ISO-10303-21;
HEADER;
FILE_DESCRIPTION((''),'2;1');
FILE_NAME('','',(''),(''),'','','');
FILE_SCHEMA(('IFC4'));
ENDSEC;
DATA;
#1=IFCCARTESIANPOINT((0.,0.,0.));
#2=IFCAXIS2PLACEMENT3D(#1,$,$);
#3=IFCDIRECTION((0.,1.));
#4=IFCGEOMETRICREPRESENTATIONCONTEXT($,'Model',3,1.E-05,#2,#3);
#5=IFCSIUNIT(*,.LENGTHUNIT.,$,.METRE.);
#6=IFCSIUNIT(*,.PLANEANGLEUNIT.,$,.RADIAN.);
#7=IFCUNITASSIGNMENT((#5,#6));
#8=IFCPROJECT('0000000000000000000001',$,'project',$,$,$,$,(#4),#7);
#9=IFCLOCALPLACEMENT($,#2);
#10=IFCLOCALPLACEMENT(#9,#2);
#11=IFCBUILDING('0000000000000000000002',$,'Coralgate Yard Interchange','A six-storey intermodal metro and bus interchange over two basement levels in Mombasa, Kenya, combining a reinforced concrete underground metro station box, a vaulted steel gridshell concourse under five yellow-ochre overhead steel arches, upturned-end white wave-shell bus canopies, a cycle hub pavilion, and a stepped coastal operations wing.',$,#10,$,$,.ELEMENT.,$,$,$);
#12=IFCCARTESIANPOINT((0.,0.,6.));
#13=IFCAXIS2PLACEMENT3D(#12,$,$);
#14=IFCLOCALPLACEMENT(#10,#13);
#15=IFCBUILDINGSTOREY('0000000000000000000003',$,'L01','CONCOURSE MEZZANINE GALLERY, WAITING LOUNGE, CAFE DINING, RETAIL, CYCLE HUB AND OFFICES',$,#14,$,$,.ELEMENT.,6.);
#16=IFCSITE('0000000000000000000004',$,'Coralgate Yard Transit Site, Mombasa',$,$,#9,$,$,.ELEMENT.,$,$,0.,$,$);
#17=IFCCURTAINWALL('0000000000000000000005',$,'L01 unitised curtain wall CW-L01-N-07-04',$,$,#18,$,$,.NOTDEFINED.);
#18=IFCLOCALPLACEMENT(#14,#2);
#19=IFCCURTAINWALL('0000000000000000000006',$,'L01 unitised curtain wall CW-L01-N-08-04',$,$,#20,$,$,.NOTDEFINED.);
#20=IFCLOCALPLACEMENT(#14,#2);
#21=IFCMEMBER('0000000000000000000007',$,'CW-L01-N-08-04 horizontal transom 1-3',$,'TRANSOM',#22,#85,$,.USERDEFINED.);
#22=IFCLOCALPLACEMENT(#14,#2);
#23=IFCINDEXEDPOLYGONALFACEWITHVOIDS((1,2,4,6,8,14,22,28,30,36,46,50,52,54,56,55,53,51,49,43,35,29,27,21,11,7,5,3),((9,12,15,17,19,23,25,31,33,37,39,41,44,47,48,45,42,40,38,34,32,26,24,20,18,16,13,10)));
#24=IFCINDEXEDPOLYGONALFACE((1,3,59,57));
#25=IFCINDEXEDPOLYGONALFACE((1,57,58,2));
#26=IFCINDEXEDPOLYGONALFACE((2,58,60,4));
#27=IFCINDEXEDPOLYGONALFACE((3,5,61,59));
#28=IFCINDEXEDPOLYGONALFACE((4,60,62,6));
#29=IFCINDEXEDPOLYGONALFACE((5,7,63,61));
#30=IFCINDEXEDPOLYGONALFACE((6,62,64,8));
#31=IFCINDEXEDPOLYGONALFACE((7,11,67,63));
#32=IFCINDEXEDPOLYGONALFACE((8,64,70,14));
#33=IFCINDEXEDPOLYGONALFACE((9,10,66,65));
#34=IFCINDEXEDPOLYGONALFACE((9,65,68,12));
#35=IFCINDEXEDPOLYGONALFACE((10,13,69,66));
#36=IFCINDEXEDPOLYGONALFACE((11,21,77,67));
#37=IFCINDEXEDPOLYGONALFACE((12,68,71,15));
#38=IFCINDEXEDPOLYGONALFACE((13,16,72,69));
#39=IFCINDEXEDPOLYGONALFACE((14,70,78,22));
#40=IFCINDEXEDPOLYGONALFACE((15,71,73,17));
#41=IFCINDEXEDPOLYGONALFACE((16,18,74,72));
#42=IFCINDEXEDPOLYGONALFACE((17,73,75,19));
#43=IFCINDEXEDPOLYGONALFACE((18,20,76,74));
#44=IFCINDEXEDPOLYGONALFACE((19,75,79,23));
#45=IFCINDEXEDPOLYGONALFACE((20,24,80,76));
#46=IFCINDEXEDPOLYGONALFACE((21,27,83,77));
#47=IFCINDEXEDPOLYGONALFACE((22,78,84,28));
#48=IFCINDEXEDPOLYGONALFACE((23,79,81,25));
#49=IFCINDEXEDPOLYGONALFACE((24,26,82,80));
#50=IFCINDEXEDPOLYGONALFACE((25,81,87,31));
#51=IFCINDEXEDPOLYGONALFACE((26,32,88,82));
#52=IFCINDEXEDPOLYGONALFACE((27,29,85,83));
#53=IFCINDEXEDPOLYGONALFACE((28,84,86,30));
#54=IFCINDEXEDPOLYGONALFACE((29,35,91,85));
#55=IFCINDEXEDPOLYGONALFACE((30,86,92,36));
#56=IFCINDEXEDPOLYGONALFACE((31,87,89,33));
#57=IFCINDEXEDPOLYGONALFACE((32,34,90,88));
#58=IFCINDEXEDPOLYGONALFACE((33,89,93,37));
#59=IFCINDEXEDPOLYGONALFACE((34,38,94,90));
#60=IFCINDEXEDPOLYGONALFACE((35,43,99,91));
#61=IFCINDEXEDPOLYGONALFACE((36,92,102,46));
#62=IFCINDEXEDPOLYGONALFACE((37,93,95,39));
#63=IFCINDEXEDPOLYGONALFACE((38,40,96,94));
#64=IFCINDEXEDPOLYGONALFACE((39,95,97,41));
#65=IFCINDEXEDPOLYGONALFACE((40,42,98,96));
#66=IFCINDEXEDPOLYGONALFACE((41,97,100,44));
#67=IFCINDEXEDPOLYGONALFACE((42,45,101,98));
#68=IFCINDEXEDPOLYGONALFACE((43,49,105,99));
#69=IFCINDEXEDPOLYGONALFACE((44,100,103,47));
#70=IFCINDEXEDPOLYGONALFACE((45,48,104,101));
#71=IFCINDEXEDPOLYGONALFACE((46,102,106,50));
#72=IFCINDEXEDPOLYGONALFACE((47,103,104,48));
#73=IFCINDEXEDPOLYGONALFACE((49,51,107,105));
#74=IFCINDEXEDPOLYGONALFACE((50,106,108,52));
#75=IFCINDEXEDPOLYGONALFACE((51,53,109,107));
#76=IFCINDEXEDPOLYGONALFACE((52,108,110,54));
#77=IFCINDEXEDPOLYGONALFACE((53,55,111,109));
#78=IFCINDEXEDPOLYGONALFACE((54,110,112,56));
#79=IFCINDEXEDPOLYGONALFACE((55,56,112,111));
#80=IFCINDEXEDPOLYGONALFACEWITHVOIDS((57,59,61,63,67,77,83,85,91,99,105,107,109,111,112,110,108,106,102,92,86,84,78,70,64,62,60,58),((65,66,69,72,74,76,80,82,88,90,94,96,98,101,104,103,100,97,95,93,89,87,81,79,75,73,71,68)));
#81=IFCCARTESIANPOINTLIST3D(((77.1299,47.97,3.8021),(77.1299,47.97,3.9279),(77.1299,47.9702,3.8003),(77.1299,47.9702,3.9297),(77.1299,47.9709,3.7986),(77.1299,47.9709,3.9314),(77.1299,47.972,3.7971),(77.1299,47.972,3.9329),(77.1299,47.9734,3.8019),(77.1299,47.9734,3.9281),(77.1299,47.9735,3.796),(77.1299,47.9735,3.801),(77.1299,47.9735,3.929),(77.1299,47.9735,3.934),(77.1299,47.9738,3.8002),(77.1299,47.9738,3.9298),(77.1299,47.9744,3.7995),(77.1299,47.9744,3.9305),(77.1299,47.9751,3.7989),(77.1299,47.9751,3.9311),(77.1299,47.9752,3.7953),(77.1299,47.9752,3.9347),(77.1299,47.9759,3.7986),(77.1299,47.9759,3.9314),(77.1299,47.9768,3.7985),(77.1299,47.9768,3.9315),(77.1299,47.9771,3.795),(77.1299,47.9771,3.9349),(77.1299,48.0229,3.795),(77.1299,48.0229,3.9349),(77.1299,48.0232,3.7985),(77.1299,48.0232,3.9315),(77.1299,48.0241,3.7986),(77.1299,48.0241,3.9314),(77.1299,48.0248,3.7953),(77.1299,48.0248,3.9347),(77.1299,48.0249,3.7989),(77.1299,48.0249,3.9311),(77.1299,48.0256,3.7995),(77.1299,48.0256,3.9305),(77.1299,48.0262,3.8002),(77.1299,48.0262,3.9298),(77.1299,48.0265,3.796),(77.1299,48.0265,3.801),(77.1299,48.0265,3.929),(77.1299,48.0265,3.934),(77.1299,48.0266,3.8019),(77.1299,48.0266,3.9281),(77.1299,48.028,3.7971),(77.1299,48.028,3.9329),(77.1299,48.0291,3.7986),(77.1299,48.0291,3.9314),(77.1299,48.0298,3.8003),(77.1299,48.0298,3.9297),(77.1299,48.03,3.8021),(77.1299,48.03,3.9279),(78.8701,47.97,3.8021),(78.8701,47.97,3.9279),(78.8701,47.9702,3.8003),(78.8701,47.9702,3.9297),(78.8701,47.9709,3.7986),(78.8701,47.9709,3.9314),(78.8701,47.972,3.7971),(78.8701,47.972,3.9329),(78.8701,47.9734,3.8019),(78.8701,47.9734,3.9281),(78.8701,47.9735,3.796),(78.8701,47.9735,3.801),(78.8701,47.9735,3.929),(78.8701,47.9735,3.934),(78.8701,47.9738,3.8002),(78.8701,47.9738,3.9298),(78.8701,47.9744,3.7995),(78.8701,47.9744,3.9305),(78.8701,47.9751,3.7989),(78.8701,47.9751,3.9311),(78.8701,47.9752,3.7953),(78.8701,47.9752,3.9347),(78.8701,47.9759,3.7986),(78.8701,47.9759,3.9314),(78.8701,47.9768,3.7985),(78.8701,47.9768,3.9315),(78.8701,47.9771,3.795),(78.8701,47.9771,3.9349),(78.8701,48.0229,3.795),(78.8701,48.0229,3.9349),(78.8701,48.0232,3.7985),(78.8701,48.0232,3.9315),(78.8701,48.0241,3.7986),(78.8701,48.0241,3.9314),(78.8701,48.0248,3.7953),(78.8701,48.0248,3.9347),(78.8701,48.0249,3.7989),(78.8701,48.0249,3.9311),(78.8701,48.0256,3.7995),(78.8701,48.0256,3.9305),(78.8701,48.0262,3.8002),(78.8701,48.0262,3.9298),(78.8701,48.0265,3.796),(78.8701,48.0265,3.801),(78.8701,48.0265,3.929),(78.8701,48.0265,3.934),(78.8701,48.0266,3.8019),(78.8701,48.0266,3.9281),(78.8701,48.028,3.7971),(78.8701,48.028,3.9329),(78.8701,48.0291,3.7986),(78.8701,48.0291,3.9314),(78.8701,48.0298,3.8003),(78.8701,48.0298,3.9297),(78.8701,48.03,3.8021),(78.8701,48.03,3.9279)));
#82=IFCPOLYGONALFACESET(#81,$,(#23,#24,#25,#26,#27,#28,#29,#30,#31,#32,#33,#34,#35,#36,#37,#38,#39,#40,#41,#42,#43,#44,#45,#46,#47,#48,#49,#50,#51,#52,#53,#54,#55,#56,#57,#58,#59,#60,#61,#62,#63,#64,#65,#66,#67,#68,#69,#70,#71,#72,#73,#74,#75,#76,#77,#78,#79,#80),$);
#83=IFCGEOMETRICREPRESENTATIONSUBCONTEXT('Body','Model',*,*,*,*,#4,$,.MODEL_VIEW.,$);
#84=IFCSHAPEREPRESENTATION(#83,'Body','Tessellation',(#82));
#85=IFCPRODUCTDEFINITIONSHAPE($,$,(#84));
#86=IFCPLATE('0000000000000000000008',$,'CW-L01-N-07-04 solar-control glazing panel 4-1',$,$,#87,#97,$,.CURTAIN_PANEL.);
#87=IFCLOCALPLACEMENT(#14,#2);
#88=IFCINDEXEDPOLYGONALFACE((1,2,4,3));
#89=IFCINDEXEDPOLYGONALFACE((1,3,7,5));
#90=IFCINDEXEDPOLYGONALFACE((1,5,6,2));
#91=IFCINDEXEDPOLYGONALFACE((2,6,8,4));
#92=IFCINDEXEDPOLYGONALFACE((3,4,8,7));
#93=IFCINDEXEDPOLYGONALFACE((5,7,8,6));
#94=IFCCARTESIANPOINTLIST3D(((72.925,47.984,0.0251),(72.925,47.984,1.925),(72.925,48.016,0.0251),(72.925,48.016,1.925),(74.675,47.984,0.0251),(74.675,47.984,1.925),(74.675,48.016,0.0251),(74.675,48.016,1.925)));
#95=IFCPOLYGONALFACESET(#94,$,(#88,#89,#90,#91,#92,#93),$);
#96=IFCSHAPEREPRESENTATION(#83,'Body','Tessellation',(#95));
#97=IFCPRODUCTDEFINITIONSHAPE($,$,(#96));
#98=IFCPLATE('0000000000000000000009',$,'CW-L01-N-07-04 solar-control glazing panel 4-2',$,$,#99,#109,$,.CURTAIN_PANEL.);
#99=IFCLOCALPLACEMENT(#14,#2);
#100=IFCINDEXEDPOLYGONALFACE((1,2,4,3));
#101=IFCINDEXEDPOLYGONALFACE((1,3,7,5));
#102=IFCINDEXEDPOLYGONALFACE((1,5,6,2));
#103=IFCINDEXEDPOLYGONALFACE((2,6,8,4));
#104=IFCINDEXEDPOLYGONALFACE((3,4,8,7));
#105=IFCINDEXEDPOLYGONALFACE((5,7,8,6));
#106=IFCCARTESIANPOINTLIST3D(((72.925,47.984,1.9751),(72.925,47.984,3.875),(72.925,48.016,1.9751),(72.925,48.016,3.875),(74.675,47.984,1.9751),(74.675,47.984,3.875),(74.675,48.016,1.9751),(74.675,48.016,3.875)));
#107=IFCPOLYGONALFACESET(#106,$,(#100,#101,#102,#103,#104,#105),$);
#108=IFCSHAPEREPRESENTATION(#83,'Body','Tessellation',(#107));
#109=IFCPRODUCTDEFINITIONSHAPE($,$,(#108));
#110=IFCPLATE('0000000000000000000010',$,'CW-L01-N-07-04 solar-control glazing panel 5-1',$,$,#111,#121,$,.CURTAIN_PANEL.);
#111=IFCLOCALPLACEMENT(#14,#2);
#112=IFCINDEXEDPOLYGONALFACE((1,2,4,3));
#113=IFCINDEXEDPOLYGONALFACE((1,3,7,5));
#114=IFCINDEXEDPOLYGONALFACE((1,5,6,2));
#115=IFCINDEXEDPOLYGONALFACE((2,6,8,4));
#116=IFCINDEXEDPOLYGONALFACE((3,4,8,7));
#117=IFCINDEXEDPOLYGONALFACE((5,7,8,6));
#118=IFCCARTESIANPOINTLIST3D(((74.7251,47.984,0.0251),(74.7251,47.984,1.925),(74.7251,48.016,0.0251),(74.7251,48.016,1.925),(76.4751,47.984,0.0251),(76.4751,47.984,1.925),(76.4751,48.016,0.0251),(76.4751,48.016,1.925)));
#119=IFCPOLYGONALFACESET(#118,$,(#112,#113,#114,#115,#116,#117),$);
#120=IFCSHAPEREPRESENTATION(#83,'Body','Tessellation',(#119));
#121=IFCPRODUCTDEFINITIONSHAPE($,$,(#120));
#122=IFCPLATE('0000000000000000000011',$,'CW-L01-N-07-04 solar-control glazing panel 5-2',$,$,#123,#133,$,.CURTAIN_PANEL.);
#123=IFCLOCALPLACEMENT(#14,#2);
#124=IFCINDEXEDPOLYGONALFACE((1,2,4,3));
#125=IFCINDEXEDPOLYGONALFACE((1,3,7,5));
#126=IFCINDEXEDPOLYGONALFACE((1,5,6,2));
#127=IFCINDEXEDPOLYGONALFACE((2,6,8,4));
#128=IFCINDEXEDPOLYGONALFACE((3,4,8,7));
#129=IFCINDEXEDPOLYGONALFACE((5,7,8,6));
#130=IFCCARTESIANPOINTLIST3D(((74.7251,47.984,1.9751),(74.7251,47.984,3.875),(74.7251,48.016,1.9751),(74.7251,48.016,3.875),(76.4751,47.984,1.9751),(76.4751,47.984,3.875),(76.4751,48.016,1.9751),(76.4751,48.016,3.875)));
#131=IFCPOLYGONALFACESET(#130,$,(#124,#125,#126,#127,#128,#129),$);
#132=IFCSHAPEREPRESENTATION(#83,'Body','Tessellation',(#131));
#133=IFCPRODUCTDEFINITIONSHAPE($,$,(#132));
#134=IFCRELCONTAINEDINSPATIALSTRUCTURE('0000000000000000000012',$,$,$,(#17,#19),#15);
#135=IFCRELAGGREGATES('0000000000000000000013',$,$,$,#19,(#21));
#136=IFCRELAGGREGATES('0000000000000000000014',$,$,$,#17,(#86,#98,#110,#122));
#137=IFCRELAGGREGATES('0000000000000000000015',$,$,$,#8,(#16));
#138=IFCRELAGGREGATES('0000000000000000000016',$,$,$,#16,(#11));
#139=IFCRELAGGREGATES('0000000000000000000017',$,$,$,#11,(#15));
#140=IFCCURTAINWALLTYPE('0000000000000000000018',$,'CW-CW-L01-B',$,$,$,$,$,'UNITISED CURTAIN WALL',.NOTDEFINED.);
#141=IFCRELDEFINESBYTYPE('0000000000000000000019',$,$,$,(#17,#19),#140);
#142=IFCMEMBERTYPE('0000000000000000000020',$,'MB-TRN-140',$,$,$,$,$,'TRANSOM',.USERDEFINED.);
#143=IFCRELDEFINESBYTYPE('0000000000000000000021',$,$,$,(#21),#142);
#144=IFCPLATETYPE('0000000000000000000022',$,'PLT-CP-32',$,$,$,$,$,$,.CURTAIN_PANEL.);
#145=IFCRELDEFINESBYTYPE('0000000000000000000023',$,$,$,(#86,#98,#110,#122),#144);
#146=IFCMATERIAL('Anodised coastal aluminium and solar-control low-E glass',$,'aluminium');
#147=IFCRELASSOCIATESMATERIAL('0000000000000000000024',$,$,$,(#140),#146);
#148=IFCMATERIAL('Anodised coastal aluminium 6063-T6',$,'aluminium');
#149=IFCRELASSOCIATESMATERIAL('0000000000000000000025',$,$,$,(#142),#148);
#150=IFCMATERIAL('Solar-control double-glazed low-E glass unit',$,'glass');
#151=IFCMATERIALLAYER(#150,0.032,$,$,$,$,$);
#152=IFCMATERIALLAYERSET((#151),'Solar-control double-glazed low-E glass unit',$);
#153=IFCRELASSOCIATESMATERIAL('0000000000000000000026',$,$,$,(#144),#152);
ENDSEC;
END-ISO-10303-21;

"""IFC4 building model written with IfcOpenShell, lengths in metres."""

from ifc_helpers import new_model, si_unit, direction, frame, origin, origin_2d, place, context, subcontext, project, spatial, rectangle, hollow_rectangle, extrude, material, layer, layer_set, material_profile, profile_set, type_object, element, aggregate, save


model = new_model("IFC4")

# Units and contexts
model_context = context("Model", 3, precision=1e-05, world=origin(), true_north=direction((0.0, 1.0)))
body_context = subcontext(model_context, "Body", "Model", "MODEL_VIEW")
ifc_project = project(units=[si_unit("LENGTHUNIT", "METRE"), si_unit("PLANEANGLEUNIT", "RADIAN")], contexts=[model_context])

# Site, building, storey
site_placement = place(None, origin())
site = spatial("IfcSite", under=ifc_project, at=site_placement, Name="Coralgate Yard Transit Site, Mombasa", CompositionType="ELEMENT", RefElevation=0.0)
building_placement = place(site_placement, origin())
building = spatial("IfcBuilding", under=site, at=building_placement, Name="Coralgate Yard Interchange", Description="A six-storey intermodal metro and bus interchange over two basement levels in Mombasa, Kenya, combining a reinforced concrete underground metro station box, a vaulted steel gridshell concourse under five yellow-ochre overhead steel arches, upturned-end white wave-shell bus canopies, a cycle hub pavilion, and a stepped coastal operations wing.", CompositionType="ELEMENT")
storey_placement = place(building_placement, frame((0.0, 0.0, 6.0)))
storey = spatial("IfcBuildingStorey", under=building, at=storey_placement, Name="L01", Description="CONCOURSE MEZZANINE GALLERY, WAITING LOUNGE, CAFE DINING, RETAIL, CYCLE HUB AND OFFICES", CompositionType="ELEMENT", Elevation=6.0)

# Shared definitions
ifc_material_1 = material(Name="Anodised coastal aluminium and solar-control low-E glass", Category="aluminium")
ifc_material_2 = material(Name="Anodised coastal aluminium 6063-T6", Category="aluminium")

# Curtain wall
curtain_wall_type_1 = type_object("IfcCurtainWallType", Name="CW-CW-L01-B", ElementType="UNITISED CURTAIN WALL", PredefinedType="NOTDEFINED", material=ifc_material_1)
curtain_wall_1_placement = place(storey_placement, origin())
curtain_wall_1 = element("IfcCurtainWall", 1, at=curtain_wall_1_placement, inside=storey, type_object=curtain_wall_type_1, Name="L01 unitised curtain wall CW-L01-N-07-04", PredefinedType="NOTDEFINED")

# Curtain wall
curtain_wall_2_placement = place(storey_placement, origin())
curtain_wall_2 = element("IfcCurtainWall", 2, at=curtain_wall_2_placement, inside=storey, type_object=curtain_wall_type_1, Name="L01 unitised curtain wall CW-L01-N-08-04", PredefinedType="NOTDEFINED")

# Member
ifc_material_profile_1 = material_profile(ifc_material_2, hollow_rectangle(XDim=0.0601, YDim=0.1399, WallThickness=0.0034, InnerFilletRadius=0.0034, OuterFilletRadius=0.0071, at=origin_2d()), Name="ALU 60x140x3.5")
ifc_profile_set_1 = profile_set([ifc_material_profile_1], Name="Anodised coastal aluminium 6063-T6")
member_type_1 = type_object("IfcMemberType", Name="MB-TRN-140", ElementType="TRANSOM", PredefinedType="USERDEFINED", material=ifc_profile_set_1)
member_1_placement = place(storey_placement, frame((77.1299, 48.0, 3.865), z_axis=(1.0, 0.0, 0.0), x_axis=(0.0, 1.0, 0.0)))
member_1 = element("IfcMember", 3, at=member_1_placement, type_object=member_type_1, Name="CW-L01-N-08-04 horizontal transom 1-3", ObjectType="TRANSOM", PredefinedType="USERDEFINED", context=body_context, shape_type="SweptSolid", body=[
    extrude(hollow_rectangle(XDim=0.0601, YDim=0.1399, WallThickness=0.0034, InnerFilletRadius=0.0034, OuterFilletRadius=0.0071, at=origin_2d()), origin(), (0.0, 0.0, 1.0), 1.7402),
])
aggregate(curtain_wall_2, [member_1])

# Plates
ifc_material_3 = material(Name="Solar-control double-glazed low-E glass unit", Category="glass")
ifc_layer = layer(ifc_material_3, 0.032)
ifc_layer_set = layer_set([ifc_layer], Name="Solar-control double-glazed low-E glass unit")
plate_type = type_object("IfcPlateType", Name="PLT-CP-32", PredefinedType="CURTAIN_PANEL", material=ifc_layer_set)
plate_1_placement = place(storey_placement, frame((73.8, 48.0, 0.0251), z_axis=(0.0, 0.0, 1.0), x_axis=(1.0, 0.0, 0.0)))
plate_1 = element("IfcPlate", 4, at=plate_1_placement, type_object=plate_type, Name="CW-L01-N-07-04 solar-control glazing panel 4-1", PredefinedType="CURTAIN_PANEL", context=body_context, shape_type="SweptSolid", body=[
    extrude(rectangle(XDim=1.75, YDim=0.032, at=origin_2d()), origin(), (0.0, 0.0, 1.0), 1.8999),
])
plate_2_placement = place(storey_placement, frame((73.8, 48.0, 1.9751), z_axis=(0.0, 0.0, 1.0), x_axis=(1.0, 0.0, 0.0)))
plate_2 = element("IfcPlate", 5, at=plate_2_placement, type_object=plate_type, Name="CW-L01-N-07-04 solar-control glazing panel 4-2", PredefinedType="CURTAIN_PANEL", context=body_context, shape_type="SweptSolid", body=[
    extrude(rectangle(XDim=1.75, YDim=0.032, at=origin_2d()), origin(), (0.0, 0.0, 1.0), 1.8999),
])
plate_3_placement = place(storey_placement, frame((75.6001, 48.0, 0.0251), z_axis=(0.0, 0.0, 1.0), x_axis=(1.0, 0.0, 0.0)))
plate_3 = element("IfcPlate", 6, at=plate_3_placement, type_object=plate_type, Name="CW-L01-N-07-04 solar-control glazing panel 5-1", PredefinedType="CURTAIN_PANEL", context=body_context, shape_type="SweptSolid", body=[
    extrude(rectangle(XDim=1.75, YDim=0.032, at=origin_2d()), origin(), (0.0, 0.0, 1.0), 1.8999),
])
plate_4_placement = place(storey_placement, frame((75.6001, 48.0, 1.9751), z_axis=(0.0, 0.0, 1.0), x_axis=(1.0, 0.0, 0.0)))
plate_4 = element("IfcPlate", 7, at=plate_4_placement, type_object=plate_type, Name="CW-L01-N-07-04 solar-control glazing panel 5-2", PredefinedType="CURTAIN_PANEL", context=body_context, shape_type="SweptSolid", body=[
    extrude(rectangle(XDim=1.75, YDim=0.032, at=origin_2d()), origin(), (0.0, 0.0, 1.0), 1.8999),
])
aggregate(curtain_wall_1, [plate_1, plate_2, plate_3, plate_4])

save(model, "model.ifc")
